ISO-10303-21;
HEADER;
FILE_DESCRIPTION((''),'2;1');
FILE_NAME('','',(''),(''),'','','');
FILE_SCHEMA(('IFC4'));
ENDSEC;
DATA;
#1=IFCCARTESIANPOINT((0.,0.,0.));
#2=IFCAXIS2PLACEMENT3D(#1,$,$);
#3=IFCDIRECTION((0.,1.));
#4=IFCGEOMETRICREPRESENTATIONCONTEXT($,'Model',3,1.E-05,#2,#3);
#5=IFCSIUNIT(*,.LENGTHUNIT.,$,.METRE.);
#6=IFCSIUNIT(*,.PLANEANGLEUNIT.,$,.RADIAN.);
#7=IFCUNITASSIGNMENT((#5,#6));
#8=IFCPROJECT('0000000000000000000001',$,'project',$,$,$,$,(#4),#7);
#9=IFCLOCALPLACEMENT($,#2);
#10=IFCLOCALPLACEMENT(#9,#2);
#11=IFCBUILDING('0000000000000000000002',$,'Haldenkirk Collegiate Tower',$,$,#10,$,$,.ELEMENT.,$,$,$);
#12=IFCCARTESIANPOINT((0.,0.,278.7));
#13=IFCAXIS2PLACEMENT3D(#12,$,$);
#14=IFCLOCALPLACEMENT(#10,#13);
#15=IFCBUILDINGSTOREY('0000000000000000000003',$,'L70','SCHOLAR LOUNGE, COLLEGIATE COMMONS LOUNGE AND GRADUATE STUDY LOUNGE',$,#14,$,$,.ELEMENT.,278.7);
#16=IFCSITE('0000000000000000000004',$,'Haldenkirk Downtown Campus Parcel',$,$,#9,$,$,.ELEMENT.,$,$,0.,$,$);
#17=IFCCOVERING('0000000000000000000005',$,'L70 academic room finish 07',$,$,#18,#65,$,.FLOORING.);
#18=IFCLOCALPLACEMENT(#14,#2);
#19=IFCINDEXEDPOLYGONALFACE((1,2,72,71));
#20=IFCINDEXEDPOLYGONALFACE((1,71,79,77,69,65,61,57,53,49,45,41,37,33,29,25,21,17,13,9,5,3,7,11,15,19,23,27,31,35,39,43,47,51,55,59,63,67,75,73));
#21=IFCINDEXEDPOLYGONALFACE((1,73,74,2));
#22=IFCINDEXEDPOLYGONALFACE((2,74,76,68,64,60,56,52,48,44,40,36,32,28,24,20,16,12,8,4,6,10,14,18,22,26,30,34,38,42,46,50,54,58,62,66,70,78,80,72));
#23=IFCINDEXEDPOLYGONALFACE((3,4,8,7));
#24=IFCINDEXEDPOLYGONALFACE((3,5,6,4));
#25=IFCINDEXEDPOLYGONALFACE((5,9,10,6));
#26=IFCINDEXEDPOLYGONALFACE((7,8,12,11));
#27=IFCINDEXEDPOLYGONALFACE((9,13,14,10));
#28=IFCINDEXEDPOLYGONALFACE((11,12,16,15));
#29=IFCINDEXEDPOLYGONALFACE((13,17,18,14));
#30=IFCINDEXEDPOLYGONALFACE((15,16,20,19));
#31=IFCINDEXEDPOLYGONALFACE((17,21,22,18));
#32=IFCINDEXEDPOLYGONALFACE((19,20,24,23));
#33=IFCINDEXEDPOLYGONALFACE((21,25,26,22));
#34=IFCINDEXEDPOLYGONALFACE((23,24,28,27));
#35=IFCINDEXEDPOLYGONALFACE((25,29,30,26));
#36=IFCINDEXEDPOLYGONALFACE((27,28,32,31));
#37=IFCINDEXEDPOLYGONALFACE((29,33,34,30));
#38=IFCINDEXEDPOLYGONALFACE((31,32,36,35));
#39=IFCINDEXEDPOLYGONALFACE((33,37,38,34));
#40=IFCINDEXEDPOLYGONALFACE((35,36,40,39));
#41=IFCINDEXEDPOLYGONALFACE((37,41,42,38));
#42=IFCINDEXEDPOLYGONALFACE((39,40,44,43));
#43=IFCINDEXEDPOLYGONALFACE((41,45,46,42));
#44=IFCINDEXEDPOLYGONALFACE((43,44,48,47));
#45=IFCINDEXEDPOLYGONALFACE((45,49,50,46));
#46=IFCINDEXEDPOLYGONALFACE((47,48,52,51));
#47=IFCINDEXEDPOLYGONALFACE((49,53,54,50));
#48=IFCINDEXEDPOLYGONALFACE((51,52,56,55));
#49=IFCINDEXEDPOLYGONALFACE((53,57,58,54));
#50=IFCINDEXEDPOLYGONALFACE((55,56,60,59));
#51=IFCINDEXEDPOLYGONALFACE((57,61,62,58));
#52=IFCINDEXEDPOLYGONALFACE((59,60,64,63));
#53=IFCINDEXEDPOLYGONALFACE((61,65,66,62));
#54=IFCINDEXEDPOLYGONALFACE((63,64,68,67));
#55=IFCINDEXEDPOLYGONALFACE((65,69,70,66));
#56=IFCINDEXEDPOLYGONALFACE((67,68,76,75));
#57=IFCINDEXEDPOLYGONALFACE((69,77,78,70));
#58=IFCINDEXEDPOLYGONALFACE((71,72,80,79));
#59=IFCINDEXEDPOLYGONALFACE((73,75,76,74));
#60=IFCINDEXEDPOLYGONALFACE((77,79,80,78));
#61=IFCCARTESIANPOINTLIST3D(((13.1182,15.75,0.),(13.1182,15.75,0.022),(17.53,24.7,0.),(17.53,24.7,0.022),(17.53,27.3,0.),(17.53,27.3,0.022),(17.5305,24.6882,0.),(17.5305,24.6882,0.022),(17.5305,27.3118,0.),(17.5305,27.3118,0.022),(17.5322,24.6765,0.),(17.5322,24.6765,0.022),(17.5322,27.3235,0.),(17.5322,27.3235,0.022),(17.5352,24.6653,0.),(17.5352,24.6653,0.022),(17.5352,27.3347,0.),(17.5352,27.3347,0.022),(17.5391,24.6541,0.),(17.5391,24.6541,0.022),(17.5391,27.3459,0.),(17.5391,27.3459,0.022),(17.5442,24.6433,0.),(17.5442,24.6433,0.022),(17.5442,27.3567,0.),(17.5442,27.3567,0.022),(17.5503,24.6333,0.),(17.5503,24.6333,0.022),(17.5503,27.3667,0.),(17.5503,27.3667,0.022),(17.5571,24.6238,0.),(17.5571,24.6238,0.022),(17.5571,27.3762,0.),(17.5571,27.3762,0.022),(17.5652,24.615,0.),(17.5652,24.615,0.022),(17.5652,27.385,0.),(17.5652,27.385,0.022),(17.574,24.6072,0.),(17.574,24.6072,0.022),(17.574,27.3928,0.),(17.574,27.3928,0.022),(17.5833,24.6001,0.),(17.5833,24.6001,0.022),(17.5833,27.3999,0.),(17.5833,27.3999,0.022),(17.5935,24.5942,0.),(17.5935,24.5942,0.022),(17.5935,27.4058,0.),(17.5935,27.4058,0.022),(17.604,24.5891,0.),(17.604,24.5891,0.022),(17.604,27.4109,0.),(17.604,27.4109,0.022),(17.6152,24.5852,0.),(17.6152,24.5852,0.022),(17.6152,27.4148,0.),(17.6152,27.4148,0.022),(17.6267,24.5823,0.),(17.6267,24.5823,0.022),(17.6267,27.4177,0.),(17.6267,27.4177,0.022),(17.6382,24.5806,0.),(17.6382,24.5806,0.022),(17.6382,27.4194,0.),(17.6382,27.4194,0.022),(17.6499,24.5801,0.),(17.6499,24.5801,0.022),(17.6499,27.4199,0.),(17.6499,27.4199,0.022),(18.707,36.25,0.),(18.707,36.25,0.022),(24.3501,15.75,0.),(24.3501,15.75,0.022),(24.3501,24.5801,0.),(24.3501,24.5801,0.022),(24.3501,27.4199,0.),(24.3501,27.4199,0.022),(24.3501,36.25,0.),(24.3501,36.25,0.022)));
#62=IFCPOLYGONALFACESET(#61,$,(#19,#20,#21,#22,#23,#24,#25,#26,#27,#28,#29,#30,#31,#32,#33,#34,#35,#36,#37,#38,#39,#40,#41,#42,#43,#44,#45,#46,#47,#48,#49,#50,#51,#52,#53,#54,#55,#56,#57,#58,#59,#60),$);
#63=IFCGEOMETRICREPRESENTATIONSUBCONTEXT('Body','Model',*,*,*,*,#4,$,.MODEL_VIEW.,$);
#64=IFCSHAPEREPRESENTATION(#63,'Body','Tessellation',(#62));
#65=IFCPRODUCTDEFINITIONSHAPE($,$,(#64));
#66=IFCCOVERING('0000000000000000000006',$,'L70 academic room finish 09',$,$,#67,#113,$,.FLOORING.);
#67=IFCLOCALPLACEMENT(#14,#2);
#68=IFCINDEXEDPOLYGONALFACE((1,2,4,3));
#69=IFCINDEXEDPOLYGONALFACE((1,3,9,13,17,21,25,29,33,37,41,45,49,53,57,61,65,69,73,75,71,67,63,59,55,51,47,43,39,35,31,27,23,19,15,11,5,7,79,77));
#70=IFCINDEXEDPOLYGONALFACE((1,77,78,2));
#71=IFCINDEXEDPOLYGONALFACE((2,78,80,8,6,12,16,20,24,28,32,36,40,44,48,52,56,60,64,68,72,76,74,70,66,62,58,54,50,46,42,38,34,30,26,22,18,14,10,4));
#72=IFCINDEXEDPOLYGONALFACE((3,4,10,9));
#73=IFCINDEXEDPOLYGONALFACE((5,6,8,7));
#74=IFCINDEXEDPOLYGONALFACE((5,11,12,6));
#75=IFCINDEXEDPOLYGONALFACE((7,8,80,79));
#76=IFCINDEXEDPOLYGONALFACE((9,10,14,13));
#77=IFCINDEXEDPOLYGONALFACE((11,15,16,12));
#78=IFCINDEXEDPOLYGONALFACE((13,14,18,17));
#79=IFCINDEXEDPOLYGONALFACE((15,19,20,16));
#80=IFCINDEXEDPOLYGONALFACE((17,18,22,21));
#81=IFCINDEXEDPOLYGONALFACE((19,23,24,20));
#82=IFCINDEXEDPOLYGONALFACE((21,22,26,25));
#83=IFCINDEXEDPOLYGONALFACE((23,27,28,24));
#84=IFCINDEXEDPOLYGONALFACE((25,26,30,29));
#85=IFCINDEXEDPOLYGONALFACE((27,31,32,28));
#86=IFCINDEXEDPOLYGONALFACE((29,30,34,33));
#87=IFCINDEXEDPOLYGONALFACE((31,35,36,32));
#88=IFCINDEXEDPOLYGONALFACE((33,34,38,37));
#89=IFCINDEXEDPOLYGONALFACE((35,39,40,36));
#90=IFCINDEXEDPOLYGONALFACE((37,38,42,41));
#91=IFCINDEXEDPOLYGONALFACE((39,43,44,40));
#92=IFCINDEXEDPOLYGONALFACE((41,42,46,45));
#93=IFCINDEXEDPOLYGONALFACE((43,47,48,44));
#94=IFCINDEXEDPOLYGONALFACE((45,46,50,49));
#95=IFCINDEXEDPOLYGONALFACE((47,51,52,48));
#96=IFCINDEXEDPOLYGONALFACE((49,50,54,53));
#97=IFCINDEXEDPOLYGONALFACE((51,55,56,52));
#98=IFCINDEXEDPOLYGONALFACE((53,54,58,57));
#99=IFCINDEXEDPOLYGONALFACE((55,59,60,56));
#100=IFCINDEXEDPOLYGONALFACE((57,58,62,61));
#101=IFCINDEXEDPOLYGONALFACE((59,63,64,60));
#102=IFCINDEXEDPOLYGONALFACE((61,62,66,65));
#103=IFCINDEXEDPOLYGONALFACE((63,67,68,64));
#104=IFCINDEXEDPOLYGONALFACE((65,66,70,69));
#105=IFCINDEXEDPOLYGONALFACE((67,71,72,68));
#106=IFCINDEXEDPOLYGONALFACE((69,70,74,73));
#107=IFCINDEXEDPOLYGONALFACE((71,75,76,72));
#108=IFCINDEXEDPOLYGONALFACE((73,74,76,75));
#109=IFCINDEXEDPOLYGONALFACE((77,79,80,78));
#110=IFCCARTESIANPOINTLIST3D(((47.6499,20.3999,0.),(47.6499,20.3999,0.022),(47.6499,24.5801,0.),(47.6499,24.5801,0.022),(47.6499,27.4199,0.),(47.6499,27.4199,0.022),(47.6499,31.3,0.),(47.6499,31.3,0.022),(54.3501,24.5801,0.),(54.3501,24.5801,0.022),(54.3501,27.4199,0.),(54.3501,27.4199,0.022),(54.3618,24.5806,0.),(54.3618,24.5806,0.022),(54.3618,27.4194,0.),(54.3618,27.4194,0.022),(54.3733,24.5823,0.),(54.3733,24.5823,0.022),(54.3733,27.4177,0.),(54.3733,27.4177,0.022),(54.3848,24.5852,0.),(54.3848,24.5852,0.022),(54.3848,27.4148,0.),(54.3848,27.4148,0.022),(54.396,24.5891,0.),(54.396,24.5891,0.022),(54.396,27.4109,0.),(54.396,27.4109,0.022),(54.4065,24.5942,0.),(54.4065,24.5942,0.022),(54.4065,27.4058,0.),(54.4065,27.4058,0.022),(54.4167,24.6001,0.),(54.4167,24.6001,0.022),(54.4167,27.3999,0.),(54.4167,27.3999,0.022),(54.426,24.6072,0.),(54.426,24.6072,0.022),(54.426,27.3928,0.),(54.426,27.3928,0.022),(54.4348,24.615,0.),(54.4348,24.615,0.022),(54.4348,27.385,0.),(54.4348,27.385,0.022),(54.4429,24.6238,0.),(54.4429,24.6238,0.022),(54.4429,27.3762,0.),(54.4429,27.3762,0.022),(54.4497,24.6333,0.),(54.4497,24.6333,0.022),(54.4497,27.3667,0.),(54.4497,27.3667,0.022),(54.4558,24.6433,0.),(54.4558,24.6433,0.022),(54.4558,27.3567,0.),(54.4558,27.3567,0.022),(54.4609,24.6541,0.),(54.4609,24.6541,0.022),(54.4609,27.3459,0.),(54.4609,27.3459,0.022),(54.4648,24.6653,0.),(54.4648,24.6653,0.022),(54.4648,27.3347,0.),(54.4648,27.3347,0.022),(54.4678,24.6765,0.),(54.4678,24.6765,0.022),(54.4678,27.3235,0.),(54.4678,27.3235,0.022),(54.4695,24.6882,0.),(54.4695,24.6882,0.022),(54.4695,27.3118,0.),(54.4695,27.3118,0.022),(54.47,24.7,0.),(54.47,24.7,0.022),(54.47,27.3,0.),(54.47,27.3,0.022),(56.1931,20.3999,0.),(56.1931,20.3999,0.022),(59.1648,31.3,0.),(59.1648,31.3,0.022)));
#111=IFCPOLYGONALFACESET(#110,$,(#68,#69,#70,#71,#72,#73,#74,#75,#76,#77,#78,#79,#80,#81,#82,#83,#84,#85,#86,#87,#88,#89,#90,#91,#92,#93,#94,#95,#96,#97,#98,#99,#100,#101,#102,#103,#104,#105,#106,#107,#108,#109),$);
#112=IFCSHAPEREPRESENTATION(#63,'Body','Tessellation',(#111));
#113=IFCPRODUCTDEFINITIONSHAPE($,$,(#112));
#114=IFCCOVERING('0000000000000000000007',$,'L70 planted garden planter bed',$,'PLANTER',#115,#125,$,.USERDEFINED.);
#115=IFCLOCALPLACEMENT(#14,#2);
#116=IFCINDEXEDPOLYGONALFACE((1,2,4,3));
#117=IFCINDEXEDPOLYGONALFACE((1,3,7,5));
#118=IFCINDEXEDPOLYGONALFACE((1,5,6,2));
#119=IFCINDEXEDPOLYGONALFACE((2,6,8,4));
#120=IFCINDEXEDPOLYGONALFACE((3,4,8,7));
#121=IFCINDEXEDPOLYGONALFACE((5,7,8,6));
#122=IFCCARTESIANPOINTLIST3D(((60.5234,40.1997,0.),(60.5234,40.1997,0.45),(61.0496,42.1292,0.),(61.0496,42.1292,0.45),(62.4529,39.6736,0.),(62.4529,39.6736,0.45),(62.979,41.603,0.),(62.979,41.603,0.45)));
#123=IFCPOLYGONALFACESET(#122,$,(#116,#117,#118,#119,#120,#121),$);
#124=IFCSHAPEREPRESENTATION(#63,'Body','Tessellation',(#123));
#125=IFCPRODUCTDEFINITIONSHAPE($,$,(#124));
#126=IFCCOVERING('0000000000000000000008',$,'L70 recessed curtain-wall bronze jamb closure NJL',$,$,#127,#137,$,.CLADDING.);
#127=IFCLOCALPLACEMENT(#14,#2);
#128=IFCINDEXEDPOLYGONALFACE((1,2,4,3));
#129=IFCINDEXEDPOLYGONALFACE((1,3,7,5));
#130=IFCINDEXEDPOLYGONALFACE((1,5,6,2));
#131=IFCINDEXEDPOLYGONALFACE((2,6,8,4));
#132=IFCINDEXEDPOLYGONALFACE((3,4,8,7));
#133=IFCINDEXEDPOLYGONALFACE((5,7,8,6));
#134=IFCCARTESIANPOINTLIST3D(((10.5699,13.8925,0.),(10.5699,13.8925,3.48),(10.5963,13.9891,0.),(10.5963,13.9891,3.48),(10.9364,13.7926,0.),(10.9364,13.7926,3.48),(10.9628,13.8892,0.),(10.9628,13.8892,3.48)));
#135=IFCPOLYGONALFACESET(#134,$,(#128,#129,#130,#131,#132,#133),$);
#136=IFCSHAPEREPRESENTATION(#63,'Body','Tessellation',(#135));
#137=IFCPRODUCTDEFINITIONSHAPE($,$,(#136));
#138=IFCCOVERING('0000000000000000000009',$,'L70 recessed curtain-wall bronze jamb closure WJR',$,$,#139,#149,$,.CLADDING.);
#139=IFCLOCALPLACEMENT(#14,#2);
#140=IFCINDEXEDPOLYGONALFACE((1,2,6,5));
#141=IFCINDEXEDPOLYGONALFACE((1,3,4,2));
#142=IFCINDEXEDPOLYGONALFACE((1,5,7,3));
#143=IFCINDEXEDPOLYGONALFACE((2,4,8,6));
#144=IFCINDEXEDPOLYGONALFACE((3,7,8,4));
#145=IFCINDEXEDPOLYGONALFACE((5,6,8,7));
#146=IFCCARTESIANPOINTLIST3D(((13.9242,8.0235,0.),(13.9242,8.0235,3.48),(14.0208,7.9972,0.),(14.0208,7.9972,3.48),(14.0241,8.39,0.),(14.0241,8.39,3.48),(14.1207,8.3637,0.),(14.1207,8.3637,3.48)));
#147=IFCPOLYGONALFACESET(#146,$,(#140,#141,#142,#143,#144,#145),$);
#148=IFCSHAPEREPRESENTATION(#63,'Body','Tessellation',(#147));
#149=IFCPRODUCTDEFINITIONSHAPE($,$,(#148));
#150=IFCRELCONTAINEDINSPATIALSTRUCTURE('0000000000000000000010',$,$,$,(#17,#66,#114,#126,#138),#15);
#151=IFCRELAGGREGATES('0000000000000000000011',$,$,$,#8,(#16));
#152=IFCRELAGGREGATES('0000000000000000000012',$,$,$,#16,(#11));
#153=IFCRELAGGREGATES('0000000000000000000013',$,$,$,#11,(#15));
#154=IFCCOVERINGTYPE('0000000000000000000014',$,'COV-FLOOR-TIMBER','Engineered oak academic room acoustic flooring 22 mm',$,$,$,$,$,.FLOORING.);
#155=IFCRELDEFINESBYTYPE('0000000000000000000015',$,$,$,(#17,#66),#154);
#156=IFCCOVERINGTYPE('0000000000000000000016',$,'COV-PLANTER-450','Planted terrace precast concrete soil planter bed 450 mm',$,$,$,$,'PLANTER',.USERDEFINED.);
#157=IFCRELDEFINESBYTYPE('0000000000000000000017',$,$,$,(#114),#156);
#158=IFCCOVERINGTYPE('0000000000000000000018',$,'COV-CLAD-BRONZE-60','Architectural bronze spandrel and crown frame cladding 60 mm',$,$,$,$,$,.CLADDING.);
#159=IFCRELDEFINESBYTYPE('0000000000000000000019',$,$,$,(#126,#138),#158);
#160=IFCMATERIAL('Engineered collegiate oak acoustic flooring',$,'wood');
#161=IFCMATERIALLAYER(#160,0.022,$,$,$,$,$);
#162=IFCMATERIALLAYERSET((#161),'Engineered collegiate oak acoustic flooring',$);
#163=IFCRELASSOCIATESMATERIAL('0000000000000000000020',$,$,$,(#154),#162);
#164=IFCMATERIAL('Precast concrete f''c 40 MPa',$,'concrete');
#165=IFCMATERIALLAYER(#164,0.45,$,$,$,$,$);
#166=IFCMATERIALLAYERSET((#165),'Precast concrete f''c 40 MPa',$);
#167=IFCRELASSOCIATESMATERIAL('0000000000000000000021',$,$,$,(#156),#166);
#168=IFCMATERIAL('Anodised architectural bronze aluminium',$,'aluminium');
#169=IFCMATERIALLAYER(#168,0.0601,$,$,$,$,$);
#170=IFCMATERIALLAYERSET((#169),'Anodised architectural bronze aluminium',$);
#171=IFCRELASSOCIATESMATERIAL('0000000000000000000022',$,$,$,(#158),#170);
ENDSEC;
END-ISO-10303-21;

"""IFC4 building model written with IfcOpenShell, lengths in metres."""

from ifc_helpers import new_model, si_unit, direction, frame, origin, origin_2d, place, context, subcontext, project, spatial, polyline, rectangle, outline, extrude, source, transform, mapped, material, layer, layer_set, type_object, element, save


model = new_model("IFC4")

# Units and contexts
model_context = context("Model", 3, precision=1e-05, world=origin(), true_north=direction((0.0, 1.0)))
body_context = subcontext(model_context, "Body", "Model", "MODEL_VIEW")
ifc_project = project(units=[si_unit("LENGTHUNIT", "METRE"), si_unit("PLANEANGLEUNIT", "RADIAN")], contexts=[model_context])

# Site, building, storey
site_placement = place(None, origin())
site = spatial("IfcSite", under=ifc_project, at=site_placement, Name="Haldenkirk Downtown Campus Parcel", CompositionType="ELEMENT", RefElevation=0.0)
building_placement = place(site_placement, origin())
building = spatial("IfcBuilding", under=site, at=building_placement, Name="Haldenkirk Collegiate Tower", CompositionType="ELEMENT")
storey_placement = place(building_placement, frame((0.0, 0.0, 278.7)))
storey = spatial("IfcBuildingStorey", under=building, at=storey_placement, Name="L70", Description="SCHOLAR LOUNGE, COLLEGIATE COMMONS LOUNGE AND GRADUATE STUDY LOUNGE", CompositionType="ELEMENT", Elevation=278.7)

# Shared definitions
ifc_material_1 = material(Name="Anodised architectural bronze aluminium", Category="aluminium")

# Shared definitions
ifc_material_2 = material(Name="Precast concrete f'c 40 MPa", Category="concrete")

# Coverings
ifc_material_3 = material(Name="Engineered collegiate oak acoustic flooring", Category="wood")
ifc_layer_1 = layer(ifc_material_3, 0.022)
ifc_layer_set_1 = layer_set([ifc_layer_1], Name="Engineered collegiate oak acoustic flooring")
covering_type_1 = type_object("IfcCoveringType", Name="COV-FLOOR-TIMBER", Description="Engineered oak academic room acoustic flooring 22 mm", PredefinedType="FLOORING", material=ifc_layer_set_1)
covering_1_placement = place(storey_placement, origin())
element("IfcCovering", 1, at=covering_1_placement, inside=storey, type_object=covering_type_1, Name="L70 academic room finish 07", PredefinedType="FLOORING", context=body_context, shape_type="SweptSolid", body=[
    extrude(outline(polyline([(17.6499, 27.4199), (17.6382, 27.4194), (17.6267, 27.4177), (17.6152, 27.4148), (17.604, 27.4109), (17.5935, 27.4058), (17.5833, 27.3999), (17.574, 27.3928), (17.5652, 27.385), (17.5571, 27.3762), (17.5503, 27.3667), (17.5442, 27.3567), (17.5391, 27.3459), (17.5352, 27.3347), (17.5322, 27.3235), (17.5305, 27.3118), (17.53, 27.3), (17.53, 24.7), (17.5305, 24.6882), (17.5322, 24.6765), (17.5352, 24.6653), (17.5391, 24.6541), (17.5442, 24.6433), (17.5503, 24.6333), (17.5571, 24.6238), (17.5652, 24.615), (17.574, 24.6072), (17.5833, 24.6001), (17.5935, 24.5942), (17.604, 24.5891), (17.6152, 24.5852), (17.6267, 24.5823), (17.6382, 24.5806), (17.6499, 24.5801), (24.3501, 24.5801), (24.3501, 15.75), (13.1182, 15.75), (18.707, 36.25), (24.3501, 36.25), (24.3501, 27.4199), (17.6499, 27.4199)])), origin(), (0.0, 0.0, 1.0), 0.022),
])
covering_2_placement = place(storey_placement, origin())
element("IfcCovering", 2, at=covering_2_placement, inside=storey, type_object=covering_type_1, Name="L70 academic room finish 09", PredefinedType="FLOORING", context=body_context, shape_type="SweptSolid", body=[
    extrude(outline(polyline([(54.3501, 24.5801), (54.3618, 24.5806), (54.3733, 24.5823), (54.3848, 24.5852), (54.396, 24.5891), (54.4065, 24.5942), (54.4167, 24.6001), (54.426, 24.6072), (54.4348, 24.615), (54.4429, 24.6238), (54.4497, 24.6333), (54.4558, 24.6433), (54.4609, 24.6541), (54.4648, 24.6653), (54.4678, 24.6765), (54.4695, 24.6882), (54.47, 24.7), (54.47, 27.3), (54.4695, 27.3118), (54.4678, 27.3235), (54.4648, 27.3347), (54.4609, 27.3459), (54.4558, 27.3567), (54.4497, 27.3667), (54.4429, 27.3762), (54.4348, 27.385), (54.426, 27.3928), (54.4167, 27.3999), (54.4065, 27.4058), (54.396, 27.4109), (54.3848, 27.4148), (54.3733, 27.4177), (54.3618, 27.4194), (54.3501, 27.4199), (47.6499, 27.4199), (47.6499, 31.3), (59.1648, 31.3), (56.1931, 20.3999), (47.6499, 20.3999), (47.6499, 24.5801), (54.3501, 24.5801)])), origin(), (0.0, 0.0, 1.0), 0.022),
])
ifc_layer_2 = layer(ifc_material_2, 0.45)
ifc_layer_set_2 = layer_set([ifc_layer_2], Name="Precast concrete f'c 40 MPa")
covering_type_2 = type_object("IfcCoveringType", Name="COV-PLANTER-450", Description="Planted terrace precast concrete soil planter bed 450 mm", ElementType="PLANTER", PredefinedType="USERDEFINED", material=ifc_layer_set_2)
covering_3_placement = place(storey_placement, origin())
element("IfcCovering", 3, at=covering_3_placement, inside=storey, type_object=covering_type_2, Name="L70 planted garden planter bed", ObjectType="PLANTER", PredefinedType="USERDEFINED", context=body_context, shape_type="SweptSolid", body=[
    extrude(outline(polyline([(62.4529, 39.6736), (60.5234, 40.1997), (61.0496, 42.1292), (62.979, 41.603), (62.4529, 39.6736)])), origin(), (0.0, 0.0, 1.0), 0.45),
])
ifc_layer_3 = layer(ifc_material_1, 0.0601)
ifc_layer_set_3 = layer_set([ifc_layer_3], Name="Anodised architectural bronze aluminium")
covering_type_3 = type_object("IfcCoveringType", Name="COV-CLAD-BRONZE-60", Description="Architectural bronze spandrel and crown frame cladding 60 mm", PredefinedType="CLADDING", material=ifc_layer_set_3)
shared_shape_1 = source(origin(), body_context, "Body", "SweptSolid", [
    extrude(rectangle(XDim=0.1001, YDim=0.3799, at=origin_2d()), origin(), (0.0, 0.0, 1.0), 3.48),
])
for number, where, z_axis, x_axis, name in (
    (4, (10.7664, 13.8909, 0.0), (0.0, 0.0, 1.0), (0.263031, 0.964787, 0.0), "L70 recessed curtain-wall bronze jamb closure NJL"),
    (5, (14.0225, 8.1936, 0.0), (0.0, 0.0, 1.0), (-0.964787, 0.263031, 0.0), "L70 recessed curtain-wall bronze jamb closure WJR"),
):
    element("IfcCovering", number, at=place(storey_placement, frame(where, z_axis=z_axis, x_axis=x_axis)), inside=storey, type_object=covering_type_3, Name=name, PredefinedType="CLADDING", context=body_context, shape_type="MappedRepresentation", body=[
        mapped(shared_shape_1, transform((0.0, 0.0, 0.0), x_axis=(1.0, 0.0, 0.0), y_axis=(0.0, 1.0, 0.0), z_axis=(0.0, 0.0, 1.0), scale=1.0)),
    ])

save(model, "model.ifc")
